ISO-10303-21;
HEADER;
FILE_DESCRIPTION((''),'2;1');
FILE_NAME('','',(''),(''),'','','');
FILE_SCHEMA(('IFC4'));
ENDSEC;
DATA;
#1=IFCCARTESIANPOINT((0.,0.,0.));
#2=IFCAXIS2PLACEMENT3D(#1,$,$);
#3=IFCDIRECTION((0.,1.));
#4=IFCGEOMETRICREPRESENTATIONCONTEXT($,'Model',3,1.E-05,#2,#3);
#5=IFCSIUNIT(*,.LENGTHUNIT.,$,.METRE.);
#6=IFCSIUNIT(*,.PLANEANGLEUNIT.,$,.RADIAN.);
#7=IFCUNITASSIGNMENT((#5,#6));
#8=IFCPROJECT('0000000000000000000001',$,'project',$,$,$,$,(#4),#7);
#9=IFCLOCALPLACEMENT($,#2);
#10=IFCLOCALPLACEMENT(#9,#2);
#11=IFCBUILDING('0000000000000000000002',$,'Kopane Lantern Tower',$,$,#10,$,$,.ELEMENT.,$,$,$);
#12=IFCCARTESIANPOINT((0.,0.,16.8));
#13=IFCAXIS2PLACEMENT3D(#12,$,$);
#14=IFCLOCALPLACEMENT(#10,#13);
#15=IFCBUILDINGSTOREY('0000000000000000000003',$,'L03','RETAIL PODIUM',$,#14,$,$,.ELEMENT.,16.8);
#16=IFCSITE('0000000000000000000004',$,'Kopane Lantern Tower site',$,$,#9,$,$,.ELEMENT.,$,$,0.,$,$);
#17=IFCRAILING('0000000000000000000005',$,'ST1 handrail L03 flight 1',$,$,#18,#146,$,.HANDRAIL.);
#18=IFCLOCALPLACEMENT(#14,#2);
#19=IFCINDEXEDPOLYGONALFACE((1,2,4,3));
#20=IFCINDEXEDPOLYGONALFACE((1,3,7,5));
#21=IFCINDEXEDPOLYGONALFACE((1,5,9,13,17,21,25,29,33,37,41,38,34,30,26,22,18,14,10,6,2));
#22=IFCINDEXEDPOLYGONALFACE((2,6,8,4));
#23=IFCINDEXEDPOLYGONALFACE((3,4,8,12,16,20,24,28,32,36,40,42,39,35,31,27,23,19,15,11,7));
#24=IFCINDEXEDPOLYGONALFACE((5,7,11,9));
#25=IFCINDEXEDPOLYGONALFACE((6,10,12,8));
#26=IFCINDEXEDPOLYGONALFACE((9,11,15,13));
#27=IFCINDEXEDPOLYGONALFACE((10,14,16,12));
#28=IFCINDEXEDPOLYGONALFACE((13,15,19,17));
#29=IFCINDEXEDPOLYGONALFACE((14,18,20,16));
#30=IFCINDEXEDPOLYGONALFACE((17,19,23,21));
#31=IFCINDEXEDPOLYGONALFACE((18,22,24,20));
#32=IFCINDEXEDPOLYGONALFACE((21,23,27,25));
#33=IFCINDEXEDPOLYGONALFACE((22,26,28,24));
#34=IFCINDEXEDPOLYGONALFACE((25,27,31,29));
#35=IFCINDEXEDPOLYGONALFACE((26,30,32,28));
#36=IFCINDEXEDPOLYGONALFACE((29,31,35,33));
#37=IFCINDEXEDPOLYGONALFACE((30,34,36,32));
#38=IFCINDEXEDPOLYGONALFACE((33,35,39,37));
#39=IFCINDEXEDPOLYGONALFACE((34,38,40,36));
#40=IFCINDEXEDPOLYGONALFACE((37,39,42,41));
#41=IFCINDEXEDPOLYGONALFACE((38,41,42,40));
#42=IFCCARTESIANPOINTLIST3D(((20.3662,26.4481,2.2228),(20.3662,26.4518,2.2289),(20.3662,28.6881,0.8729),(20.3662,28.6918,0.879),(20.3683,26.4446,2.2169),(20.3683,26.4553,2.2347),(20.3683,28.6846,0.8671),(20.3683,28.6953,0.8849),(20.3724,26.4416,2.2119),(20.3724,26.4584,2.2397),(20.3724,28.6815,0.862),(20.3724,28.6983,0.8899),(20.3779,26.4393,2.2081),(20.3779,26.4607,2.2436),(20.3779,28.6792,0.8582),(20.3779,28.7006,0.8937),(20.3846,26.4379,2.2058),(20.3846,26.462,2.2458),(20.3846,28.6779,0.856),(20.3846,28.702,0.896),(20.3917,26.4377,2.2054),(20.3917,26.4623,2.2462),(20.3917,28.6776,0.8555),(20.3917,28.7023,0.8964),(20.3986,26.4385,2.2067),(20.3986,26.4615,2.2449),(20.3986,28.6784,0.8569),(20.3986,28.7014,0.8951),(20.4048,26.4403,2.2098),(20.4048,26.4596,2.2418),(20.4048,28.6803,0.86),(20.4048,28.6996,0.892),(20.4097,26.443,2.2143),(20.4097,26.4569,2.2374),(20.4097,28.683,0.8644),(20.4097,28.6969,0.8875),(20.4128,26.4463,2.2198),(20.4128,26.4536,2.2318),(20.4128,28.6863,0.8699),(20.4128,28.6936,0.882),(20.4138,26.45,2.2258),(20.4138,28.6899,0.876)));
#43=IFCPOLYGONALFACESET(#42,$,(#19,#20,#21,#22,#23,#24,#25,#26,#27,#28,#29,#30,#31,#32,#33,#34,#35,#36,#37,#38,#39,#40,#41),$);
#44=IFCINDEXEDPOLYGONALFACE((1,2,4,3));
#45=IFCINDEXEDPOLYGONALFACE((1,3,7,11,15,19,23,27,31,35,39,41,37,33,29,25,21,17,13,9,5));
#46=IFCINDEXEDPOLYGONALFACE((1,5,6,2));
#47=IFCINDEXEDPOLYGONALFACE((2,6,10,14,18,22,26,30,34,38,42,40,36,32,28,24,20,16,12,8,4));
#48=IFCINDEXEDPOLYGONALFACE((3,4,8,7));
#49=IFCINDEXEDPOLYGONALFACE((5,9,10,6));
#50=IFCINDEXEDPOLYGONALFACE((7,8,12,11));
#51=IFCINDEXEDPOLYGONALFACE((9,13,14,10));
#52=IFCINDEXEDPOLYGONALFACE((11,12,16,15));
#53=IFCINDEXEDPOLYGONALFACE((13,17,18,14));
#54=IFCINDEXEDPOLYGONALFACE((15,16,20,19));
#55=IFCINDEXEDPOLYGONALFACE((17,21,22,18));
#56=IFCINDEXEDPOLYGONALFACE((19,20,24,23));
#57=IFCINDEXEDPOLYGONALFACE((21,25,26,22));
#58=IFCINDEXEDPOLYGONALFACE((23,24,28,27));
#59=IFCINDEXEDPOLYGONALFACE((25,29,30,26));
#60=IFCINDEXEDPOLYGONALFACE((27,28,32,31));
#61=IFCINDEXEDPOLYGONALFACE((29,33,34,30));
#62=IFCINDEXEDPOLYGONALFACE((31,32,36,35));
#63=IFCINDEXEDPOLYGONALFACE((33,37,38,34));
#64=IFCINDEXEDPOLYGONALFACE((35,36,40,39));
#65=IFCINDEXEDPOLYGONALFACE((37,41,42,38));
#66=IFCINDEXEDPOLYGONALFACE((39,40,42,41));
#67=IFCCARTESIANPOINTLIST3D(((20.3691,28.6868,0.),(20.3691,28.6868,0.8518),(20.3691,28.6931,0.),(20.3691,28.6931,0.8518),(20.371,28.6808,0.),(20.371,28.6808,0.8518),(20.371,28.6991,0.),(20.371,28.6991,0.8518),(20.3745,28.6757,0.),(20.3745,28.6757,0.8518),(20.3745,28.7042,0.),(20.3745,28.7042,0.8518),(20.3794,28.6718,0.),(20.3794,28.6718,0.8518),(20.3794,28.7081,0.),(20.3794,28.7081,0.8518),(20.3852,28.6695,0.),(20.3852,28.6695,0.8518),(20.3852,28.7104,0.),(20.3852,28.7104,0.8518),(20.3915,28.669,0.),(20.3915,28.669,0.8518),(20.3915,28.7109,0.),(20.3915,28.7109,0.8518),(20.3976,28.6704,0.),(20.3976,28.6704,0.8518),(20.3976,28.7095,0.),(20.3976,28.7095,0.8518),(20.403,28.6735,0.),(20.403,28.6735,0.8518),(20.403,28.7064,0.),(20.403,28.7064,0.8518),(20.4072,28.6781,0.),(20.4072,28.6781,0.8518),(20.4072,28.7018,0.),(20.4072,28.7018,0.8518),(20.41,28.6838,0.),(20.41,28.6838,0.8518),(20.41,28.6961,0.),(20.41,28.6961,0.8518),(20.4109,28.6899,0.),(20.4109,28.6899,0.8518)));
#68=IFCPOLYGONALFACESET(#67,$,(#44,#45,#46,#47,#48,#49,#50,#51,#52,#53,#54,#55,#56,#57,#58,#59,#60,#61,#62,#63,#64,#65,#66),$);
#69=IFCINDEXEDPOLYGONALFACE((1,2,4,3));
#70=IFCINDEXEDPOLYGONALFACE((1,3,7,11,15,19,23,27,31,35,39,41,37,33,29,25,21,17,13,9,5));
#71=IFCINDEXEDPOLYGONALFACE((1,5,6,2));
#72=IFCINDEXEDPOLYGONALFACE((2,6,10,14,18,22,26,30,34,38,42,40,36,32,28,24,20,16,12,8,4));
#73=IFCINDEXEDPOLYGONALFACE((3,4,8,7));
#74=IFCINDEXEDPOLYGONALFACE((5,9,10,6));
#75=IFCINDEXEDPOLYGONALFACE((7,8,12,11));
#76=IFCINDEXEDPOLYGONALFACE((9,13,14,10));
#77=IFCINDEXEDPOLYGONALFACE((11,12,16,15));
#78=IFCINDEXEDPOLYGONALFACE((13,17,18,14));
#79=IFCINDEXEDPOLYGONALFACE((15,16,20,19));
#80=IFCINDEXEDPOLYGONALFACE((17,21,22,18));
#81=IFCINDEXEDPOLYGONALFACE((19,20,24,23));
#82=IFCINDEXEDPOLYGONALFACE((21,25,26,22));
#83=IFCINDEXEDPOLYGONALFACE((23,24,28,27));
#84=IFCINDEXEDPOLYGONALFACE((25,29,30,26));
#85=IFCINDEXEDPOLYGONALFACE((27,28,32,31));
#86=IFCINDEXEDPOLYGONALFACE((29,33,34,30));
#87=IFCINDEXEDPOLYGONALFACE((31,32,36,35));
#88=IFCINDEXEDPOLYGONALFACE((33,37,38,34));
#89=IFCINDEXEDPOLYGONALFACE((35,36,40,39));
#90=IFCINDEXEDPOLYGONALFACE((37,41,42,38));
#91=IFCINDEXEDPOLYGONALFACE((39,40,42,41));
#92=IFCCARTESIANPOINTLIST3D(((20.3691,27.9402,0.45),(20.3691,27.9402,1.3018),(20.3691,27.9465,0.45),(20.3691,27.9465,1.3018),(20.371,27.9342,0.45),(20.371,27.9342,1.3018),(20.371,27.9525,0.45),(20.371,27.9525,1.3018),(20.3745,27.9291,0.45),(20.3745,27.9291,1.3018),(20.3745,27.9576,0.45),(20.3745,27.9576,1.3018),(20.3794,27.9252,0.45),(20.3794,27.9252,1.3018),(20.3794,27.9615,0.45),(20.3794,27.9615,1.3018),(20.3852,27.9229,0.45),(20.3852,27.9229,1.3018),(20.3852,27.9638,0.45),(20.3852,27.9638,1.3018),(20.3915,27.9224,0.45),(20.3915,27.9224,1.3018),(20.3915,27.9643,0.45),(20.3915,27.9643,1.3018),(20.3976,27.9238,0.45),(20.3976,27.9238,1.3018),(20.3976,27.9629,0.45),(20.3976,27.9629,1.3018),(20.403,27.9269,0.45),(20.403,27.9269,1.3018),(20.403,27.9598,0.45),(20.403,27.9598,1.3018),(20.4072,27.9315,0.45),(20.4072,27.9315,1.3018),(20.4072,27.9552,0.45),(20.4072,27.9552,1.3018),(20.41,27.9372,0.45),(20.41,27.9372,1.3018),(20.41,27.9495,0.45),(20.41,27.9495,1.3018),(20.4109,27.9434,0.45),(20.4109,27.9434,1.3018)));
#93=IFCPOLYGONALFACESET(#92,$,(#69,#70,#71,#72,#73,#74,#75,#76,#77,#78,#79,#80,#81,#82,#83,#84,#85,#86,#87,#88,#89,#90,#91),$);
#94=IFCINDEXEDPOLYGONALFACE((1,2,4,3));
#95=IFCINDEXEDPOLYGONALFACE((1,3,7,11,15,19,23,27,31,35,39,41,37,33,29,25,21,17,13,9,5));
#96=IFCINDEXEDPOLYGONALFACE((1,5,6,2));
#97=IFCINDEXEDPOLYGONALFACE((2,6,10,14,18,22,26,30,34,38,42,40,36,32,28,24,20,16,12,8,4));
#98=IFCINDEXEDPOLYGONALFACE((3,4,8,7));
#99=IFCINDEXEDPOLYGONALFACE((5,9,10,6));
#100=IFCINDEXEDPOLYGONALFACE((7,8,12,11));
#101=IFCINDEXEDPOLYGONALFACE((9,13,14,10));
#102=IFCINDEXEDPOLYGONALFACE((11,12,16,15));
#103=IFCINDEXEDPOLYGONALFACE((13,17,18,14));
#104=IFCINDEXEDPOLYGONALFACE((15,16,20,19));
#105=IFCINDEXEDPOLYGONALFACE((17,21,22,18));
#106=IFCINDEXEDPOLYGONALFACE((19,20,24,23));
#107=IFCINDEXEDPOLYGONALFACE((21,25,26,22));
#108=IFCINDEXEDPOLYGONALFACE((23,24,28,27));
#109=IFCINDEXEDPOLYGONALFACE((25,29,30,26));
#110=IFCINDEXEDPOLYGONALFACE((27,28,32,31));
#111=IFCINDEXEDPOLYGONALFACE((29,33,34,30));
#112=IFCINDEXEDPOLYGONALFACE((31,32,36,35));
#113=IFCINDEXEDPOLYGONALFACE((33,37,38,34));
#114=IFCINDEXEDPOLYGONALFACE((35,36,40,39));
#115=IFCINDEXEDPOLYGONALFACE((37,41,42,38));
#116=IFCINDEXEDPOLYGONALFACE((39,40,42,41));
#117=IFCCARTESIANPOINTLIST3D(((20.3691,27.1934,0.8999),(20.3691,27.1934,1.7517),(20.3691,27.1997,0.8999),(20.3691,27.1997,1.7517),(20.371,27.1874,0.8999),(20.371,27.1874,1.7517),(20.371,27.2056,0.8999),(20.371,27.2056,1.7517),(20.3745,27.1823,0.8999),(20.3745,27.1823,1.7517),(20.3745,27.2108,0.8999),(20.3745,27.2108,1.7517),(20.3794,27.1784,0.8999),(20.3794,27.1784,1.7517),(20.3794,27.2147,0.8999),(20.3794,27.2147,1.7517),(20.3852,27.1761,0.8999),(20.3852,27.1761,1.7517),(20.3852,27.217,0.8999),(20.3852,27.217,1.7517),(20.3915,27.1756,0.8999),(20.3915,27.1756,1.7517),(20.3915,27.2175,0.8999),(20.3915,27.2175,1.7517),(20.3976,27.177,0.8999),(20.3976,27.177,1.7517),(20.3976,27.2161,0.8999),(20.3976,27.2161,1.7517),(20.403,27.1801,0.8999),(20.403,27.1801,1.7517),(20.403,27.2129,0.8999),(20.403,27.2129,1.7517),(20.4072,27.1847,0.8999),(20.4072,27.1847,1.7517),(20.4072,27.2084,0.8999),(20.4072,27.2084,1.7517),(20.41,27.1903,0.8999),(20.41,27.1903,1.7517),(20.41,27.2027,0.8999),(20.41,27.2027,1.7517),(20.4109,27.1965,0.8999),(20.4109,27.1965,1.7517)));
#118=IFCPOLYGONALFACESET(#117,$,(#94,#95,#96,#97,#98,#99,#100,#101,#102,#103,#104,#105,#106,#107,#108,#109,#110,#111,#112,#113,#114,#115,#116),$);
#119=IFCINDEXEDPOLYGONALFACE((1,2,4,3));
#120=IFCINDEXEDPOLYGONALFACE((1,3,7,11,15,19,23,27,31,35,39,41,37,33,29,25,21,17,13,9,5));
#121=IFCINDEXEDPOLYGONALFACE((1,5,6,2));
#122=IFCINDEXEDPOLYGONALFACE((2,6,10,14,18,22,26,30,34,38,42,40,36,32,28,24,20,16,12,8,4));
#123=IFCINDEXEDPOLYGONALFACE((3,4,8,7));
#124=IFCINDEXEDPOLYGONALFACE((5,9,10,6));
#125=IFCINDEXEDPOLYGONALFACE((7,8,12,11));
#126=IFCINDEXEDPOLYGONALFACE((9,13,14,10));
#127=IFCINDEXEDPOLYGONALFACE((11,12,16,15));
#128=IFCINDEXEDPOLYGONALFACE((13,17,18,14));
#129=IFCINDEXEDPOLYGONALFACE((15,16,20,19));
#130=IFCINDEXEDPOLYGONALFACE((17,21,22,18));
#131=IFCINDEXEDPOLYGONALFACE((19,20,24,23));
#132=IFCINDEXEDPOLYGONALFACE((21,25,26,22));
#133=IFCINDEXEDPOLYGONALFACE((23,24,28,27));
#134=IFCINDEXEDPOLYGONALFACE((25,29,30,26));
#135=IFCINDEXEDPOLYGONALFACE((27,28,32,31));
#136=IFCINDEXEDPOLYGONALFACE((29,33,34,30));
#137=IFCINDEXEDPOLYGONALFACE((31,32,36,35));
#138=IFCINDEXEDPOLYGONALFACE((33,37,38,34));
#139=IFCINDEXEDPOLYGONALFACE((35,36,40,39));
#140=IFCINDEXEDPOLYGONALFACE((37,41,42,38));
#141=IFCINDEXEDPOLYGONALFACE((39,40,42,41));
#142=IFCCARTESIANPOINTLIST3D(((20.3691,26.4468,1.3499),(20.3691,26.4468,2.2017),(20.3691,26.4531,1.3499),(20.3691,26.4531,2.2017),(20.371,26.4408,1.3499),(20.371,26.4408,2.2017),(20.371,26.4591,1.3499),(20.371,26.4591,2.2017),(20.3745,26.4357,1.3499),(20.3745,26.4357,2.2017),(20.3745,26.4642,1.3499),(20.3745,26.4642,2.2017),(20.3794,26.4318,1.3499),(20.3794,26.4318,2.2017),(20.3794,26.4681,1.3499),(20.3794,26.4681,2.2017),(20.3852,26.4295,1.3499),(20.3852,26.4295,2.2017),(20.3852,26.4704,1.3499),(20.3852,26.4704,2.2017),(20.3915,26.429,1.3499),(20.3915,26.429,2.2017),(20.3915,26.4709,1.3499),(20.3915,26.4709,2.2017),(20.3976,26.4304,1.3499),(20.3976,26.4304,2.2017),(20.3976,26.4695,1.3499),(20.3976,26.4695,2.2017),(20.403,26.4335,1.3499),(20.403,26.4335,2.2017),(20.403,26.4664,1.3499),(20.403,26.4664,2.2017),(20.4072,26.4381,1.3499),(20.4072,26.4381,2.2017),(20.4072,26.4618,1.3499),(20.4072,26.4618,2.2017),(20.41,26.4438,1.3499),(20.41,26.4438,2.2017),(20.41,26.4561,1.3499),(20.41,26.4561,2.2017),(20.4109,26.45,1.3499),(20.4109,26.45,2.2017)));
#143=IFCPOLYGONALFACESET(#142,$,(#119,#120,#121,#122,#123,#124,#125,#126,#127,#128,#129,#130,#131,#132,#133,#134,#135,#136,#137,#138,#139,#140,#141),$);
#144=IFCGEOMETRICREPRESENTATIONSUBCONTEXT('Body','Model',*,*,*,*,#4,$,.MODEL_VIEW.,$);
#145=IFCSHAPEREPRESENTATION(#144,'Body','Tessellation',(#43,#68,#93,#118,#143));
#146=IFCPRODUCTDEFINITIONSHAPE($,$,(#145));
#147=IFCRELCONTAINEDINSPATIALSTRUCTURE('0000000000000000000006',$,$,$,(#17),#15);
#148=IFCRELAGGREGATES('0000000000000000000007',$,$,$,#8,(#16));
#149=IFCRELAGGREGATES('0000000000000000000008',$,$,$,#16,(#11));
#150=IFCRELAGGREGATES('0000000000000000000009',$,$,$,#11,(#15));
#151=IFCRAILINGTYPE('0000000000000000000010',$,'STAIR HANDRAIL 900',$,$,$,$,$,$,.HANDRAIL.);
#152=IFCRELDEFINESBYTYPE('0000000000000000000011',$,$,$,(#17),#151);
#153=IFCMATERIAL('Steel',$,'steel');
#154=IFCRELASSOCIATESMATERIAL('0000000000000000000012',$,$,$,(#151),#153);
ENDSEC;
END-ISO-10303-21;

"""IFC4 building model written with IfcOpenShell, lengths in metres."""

from ifc_helpers import new_model, si_unit, direction, frame, origin, origin_2d, place, context, subcontext, project, spatial, circle, extrude, material, type_object, element, save


model = new_model("IFC4")

# Units and contexts
model_context = context("Model", 3, precision=1e-05, world=origin(), true_north=direction((0.0, 1.0)))
body_context = subcontext(model_context, "Body", "Model", "MODEL_VIEW")
ifc_project = project(units=[si_unit("LENGTHUNIT", "METRE"), si_unit("PLANEANGLEUNIT", "RADIAN")], contexts=[model_context])

# Site, building, storey
site_placement = place(None, origin())
site = spatial("IfcSite", under=ifc_project, at=site_placement, Name="Kopane Lantern Tower site", CompositionType="ELEMENT", RefElevation=0.0)
building_placement = place(site_placement, origin())
building = spatial("IfcBuilding", under=site, at=building_placement, Name="Kopane Lantern Tower", CompositionType="ELEMENT")
storey_placement = place(building_placement, frame((0.0, 0.0, 16.8)))
storey = spatial("IfcBuildingStorey", under=building, at=storey_placement, Name="L03", Description="RETAIL PODIUM", CompositionType="ELEMENT", Elevation=16.8)

# Railing
ifc_material_1 = material(Name="Steel", Category="steel")
railing_type_1 = type_object("IfcRailingType", Name="STAIR HANDRAIL 900", PredefinedType="HANDRAIL", material=ifc_material_1)
for number, where, name in (
    (1, (20.3899, 28.6899, 0.0), "ST1 handrail L03 flight 1"),
):
    element("IfcRailing", number, at=place(storey_placement, frame(where)), inside=storey, type_object=railing_type_1, Name=name, PredefinedType="HANDRAIL", context=body_context, shape_type="SweptSolid", body=[
        extrude(circle(Radius=0.0239, at=origin_2d()), frame((0.0, 0.0, 0.876), z_axis=(0.0, -0.856503, 0.516142), x_axis=(1.0, 0.0, 0.0)), (0.0, 0.0, 1.0), 2.6152),
        extrude(circle(Radius=0.021, at=origin_2d()), origin(), (0.0, 0.0, 1.0), 0.8518),
        extrude(circle(Radius=0.021, at=origin_2d()), frame((0.0, -0.7466, 0.45)), (0.0, 0.0, 1.0), 0.8518),
        extrude(circle(Radius=0.021, at=origin_2d()), frame((0.0, -1.4934, 0.8999)), (0.0, 0.0, 1.0), 0.8518),
        extrude(circle(Radius=0.021, at=origin_2d()), frame((0.0, -2.24, 1.3499)), (0.0, 0.0, 1.0), 0.8518),
    ])

save(model, "model.ifc")
